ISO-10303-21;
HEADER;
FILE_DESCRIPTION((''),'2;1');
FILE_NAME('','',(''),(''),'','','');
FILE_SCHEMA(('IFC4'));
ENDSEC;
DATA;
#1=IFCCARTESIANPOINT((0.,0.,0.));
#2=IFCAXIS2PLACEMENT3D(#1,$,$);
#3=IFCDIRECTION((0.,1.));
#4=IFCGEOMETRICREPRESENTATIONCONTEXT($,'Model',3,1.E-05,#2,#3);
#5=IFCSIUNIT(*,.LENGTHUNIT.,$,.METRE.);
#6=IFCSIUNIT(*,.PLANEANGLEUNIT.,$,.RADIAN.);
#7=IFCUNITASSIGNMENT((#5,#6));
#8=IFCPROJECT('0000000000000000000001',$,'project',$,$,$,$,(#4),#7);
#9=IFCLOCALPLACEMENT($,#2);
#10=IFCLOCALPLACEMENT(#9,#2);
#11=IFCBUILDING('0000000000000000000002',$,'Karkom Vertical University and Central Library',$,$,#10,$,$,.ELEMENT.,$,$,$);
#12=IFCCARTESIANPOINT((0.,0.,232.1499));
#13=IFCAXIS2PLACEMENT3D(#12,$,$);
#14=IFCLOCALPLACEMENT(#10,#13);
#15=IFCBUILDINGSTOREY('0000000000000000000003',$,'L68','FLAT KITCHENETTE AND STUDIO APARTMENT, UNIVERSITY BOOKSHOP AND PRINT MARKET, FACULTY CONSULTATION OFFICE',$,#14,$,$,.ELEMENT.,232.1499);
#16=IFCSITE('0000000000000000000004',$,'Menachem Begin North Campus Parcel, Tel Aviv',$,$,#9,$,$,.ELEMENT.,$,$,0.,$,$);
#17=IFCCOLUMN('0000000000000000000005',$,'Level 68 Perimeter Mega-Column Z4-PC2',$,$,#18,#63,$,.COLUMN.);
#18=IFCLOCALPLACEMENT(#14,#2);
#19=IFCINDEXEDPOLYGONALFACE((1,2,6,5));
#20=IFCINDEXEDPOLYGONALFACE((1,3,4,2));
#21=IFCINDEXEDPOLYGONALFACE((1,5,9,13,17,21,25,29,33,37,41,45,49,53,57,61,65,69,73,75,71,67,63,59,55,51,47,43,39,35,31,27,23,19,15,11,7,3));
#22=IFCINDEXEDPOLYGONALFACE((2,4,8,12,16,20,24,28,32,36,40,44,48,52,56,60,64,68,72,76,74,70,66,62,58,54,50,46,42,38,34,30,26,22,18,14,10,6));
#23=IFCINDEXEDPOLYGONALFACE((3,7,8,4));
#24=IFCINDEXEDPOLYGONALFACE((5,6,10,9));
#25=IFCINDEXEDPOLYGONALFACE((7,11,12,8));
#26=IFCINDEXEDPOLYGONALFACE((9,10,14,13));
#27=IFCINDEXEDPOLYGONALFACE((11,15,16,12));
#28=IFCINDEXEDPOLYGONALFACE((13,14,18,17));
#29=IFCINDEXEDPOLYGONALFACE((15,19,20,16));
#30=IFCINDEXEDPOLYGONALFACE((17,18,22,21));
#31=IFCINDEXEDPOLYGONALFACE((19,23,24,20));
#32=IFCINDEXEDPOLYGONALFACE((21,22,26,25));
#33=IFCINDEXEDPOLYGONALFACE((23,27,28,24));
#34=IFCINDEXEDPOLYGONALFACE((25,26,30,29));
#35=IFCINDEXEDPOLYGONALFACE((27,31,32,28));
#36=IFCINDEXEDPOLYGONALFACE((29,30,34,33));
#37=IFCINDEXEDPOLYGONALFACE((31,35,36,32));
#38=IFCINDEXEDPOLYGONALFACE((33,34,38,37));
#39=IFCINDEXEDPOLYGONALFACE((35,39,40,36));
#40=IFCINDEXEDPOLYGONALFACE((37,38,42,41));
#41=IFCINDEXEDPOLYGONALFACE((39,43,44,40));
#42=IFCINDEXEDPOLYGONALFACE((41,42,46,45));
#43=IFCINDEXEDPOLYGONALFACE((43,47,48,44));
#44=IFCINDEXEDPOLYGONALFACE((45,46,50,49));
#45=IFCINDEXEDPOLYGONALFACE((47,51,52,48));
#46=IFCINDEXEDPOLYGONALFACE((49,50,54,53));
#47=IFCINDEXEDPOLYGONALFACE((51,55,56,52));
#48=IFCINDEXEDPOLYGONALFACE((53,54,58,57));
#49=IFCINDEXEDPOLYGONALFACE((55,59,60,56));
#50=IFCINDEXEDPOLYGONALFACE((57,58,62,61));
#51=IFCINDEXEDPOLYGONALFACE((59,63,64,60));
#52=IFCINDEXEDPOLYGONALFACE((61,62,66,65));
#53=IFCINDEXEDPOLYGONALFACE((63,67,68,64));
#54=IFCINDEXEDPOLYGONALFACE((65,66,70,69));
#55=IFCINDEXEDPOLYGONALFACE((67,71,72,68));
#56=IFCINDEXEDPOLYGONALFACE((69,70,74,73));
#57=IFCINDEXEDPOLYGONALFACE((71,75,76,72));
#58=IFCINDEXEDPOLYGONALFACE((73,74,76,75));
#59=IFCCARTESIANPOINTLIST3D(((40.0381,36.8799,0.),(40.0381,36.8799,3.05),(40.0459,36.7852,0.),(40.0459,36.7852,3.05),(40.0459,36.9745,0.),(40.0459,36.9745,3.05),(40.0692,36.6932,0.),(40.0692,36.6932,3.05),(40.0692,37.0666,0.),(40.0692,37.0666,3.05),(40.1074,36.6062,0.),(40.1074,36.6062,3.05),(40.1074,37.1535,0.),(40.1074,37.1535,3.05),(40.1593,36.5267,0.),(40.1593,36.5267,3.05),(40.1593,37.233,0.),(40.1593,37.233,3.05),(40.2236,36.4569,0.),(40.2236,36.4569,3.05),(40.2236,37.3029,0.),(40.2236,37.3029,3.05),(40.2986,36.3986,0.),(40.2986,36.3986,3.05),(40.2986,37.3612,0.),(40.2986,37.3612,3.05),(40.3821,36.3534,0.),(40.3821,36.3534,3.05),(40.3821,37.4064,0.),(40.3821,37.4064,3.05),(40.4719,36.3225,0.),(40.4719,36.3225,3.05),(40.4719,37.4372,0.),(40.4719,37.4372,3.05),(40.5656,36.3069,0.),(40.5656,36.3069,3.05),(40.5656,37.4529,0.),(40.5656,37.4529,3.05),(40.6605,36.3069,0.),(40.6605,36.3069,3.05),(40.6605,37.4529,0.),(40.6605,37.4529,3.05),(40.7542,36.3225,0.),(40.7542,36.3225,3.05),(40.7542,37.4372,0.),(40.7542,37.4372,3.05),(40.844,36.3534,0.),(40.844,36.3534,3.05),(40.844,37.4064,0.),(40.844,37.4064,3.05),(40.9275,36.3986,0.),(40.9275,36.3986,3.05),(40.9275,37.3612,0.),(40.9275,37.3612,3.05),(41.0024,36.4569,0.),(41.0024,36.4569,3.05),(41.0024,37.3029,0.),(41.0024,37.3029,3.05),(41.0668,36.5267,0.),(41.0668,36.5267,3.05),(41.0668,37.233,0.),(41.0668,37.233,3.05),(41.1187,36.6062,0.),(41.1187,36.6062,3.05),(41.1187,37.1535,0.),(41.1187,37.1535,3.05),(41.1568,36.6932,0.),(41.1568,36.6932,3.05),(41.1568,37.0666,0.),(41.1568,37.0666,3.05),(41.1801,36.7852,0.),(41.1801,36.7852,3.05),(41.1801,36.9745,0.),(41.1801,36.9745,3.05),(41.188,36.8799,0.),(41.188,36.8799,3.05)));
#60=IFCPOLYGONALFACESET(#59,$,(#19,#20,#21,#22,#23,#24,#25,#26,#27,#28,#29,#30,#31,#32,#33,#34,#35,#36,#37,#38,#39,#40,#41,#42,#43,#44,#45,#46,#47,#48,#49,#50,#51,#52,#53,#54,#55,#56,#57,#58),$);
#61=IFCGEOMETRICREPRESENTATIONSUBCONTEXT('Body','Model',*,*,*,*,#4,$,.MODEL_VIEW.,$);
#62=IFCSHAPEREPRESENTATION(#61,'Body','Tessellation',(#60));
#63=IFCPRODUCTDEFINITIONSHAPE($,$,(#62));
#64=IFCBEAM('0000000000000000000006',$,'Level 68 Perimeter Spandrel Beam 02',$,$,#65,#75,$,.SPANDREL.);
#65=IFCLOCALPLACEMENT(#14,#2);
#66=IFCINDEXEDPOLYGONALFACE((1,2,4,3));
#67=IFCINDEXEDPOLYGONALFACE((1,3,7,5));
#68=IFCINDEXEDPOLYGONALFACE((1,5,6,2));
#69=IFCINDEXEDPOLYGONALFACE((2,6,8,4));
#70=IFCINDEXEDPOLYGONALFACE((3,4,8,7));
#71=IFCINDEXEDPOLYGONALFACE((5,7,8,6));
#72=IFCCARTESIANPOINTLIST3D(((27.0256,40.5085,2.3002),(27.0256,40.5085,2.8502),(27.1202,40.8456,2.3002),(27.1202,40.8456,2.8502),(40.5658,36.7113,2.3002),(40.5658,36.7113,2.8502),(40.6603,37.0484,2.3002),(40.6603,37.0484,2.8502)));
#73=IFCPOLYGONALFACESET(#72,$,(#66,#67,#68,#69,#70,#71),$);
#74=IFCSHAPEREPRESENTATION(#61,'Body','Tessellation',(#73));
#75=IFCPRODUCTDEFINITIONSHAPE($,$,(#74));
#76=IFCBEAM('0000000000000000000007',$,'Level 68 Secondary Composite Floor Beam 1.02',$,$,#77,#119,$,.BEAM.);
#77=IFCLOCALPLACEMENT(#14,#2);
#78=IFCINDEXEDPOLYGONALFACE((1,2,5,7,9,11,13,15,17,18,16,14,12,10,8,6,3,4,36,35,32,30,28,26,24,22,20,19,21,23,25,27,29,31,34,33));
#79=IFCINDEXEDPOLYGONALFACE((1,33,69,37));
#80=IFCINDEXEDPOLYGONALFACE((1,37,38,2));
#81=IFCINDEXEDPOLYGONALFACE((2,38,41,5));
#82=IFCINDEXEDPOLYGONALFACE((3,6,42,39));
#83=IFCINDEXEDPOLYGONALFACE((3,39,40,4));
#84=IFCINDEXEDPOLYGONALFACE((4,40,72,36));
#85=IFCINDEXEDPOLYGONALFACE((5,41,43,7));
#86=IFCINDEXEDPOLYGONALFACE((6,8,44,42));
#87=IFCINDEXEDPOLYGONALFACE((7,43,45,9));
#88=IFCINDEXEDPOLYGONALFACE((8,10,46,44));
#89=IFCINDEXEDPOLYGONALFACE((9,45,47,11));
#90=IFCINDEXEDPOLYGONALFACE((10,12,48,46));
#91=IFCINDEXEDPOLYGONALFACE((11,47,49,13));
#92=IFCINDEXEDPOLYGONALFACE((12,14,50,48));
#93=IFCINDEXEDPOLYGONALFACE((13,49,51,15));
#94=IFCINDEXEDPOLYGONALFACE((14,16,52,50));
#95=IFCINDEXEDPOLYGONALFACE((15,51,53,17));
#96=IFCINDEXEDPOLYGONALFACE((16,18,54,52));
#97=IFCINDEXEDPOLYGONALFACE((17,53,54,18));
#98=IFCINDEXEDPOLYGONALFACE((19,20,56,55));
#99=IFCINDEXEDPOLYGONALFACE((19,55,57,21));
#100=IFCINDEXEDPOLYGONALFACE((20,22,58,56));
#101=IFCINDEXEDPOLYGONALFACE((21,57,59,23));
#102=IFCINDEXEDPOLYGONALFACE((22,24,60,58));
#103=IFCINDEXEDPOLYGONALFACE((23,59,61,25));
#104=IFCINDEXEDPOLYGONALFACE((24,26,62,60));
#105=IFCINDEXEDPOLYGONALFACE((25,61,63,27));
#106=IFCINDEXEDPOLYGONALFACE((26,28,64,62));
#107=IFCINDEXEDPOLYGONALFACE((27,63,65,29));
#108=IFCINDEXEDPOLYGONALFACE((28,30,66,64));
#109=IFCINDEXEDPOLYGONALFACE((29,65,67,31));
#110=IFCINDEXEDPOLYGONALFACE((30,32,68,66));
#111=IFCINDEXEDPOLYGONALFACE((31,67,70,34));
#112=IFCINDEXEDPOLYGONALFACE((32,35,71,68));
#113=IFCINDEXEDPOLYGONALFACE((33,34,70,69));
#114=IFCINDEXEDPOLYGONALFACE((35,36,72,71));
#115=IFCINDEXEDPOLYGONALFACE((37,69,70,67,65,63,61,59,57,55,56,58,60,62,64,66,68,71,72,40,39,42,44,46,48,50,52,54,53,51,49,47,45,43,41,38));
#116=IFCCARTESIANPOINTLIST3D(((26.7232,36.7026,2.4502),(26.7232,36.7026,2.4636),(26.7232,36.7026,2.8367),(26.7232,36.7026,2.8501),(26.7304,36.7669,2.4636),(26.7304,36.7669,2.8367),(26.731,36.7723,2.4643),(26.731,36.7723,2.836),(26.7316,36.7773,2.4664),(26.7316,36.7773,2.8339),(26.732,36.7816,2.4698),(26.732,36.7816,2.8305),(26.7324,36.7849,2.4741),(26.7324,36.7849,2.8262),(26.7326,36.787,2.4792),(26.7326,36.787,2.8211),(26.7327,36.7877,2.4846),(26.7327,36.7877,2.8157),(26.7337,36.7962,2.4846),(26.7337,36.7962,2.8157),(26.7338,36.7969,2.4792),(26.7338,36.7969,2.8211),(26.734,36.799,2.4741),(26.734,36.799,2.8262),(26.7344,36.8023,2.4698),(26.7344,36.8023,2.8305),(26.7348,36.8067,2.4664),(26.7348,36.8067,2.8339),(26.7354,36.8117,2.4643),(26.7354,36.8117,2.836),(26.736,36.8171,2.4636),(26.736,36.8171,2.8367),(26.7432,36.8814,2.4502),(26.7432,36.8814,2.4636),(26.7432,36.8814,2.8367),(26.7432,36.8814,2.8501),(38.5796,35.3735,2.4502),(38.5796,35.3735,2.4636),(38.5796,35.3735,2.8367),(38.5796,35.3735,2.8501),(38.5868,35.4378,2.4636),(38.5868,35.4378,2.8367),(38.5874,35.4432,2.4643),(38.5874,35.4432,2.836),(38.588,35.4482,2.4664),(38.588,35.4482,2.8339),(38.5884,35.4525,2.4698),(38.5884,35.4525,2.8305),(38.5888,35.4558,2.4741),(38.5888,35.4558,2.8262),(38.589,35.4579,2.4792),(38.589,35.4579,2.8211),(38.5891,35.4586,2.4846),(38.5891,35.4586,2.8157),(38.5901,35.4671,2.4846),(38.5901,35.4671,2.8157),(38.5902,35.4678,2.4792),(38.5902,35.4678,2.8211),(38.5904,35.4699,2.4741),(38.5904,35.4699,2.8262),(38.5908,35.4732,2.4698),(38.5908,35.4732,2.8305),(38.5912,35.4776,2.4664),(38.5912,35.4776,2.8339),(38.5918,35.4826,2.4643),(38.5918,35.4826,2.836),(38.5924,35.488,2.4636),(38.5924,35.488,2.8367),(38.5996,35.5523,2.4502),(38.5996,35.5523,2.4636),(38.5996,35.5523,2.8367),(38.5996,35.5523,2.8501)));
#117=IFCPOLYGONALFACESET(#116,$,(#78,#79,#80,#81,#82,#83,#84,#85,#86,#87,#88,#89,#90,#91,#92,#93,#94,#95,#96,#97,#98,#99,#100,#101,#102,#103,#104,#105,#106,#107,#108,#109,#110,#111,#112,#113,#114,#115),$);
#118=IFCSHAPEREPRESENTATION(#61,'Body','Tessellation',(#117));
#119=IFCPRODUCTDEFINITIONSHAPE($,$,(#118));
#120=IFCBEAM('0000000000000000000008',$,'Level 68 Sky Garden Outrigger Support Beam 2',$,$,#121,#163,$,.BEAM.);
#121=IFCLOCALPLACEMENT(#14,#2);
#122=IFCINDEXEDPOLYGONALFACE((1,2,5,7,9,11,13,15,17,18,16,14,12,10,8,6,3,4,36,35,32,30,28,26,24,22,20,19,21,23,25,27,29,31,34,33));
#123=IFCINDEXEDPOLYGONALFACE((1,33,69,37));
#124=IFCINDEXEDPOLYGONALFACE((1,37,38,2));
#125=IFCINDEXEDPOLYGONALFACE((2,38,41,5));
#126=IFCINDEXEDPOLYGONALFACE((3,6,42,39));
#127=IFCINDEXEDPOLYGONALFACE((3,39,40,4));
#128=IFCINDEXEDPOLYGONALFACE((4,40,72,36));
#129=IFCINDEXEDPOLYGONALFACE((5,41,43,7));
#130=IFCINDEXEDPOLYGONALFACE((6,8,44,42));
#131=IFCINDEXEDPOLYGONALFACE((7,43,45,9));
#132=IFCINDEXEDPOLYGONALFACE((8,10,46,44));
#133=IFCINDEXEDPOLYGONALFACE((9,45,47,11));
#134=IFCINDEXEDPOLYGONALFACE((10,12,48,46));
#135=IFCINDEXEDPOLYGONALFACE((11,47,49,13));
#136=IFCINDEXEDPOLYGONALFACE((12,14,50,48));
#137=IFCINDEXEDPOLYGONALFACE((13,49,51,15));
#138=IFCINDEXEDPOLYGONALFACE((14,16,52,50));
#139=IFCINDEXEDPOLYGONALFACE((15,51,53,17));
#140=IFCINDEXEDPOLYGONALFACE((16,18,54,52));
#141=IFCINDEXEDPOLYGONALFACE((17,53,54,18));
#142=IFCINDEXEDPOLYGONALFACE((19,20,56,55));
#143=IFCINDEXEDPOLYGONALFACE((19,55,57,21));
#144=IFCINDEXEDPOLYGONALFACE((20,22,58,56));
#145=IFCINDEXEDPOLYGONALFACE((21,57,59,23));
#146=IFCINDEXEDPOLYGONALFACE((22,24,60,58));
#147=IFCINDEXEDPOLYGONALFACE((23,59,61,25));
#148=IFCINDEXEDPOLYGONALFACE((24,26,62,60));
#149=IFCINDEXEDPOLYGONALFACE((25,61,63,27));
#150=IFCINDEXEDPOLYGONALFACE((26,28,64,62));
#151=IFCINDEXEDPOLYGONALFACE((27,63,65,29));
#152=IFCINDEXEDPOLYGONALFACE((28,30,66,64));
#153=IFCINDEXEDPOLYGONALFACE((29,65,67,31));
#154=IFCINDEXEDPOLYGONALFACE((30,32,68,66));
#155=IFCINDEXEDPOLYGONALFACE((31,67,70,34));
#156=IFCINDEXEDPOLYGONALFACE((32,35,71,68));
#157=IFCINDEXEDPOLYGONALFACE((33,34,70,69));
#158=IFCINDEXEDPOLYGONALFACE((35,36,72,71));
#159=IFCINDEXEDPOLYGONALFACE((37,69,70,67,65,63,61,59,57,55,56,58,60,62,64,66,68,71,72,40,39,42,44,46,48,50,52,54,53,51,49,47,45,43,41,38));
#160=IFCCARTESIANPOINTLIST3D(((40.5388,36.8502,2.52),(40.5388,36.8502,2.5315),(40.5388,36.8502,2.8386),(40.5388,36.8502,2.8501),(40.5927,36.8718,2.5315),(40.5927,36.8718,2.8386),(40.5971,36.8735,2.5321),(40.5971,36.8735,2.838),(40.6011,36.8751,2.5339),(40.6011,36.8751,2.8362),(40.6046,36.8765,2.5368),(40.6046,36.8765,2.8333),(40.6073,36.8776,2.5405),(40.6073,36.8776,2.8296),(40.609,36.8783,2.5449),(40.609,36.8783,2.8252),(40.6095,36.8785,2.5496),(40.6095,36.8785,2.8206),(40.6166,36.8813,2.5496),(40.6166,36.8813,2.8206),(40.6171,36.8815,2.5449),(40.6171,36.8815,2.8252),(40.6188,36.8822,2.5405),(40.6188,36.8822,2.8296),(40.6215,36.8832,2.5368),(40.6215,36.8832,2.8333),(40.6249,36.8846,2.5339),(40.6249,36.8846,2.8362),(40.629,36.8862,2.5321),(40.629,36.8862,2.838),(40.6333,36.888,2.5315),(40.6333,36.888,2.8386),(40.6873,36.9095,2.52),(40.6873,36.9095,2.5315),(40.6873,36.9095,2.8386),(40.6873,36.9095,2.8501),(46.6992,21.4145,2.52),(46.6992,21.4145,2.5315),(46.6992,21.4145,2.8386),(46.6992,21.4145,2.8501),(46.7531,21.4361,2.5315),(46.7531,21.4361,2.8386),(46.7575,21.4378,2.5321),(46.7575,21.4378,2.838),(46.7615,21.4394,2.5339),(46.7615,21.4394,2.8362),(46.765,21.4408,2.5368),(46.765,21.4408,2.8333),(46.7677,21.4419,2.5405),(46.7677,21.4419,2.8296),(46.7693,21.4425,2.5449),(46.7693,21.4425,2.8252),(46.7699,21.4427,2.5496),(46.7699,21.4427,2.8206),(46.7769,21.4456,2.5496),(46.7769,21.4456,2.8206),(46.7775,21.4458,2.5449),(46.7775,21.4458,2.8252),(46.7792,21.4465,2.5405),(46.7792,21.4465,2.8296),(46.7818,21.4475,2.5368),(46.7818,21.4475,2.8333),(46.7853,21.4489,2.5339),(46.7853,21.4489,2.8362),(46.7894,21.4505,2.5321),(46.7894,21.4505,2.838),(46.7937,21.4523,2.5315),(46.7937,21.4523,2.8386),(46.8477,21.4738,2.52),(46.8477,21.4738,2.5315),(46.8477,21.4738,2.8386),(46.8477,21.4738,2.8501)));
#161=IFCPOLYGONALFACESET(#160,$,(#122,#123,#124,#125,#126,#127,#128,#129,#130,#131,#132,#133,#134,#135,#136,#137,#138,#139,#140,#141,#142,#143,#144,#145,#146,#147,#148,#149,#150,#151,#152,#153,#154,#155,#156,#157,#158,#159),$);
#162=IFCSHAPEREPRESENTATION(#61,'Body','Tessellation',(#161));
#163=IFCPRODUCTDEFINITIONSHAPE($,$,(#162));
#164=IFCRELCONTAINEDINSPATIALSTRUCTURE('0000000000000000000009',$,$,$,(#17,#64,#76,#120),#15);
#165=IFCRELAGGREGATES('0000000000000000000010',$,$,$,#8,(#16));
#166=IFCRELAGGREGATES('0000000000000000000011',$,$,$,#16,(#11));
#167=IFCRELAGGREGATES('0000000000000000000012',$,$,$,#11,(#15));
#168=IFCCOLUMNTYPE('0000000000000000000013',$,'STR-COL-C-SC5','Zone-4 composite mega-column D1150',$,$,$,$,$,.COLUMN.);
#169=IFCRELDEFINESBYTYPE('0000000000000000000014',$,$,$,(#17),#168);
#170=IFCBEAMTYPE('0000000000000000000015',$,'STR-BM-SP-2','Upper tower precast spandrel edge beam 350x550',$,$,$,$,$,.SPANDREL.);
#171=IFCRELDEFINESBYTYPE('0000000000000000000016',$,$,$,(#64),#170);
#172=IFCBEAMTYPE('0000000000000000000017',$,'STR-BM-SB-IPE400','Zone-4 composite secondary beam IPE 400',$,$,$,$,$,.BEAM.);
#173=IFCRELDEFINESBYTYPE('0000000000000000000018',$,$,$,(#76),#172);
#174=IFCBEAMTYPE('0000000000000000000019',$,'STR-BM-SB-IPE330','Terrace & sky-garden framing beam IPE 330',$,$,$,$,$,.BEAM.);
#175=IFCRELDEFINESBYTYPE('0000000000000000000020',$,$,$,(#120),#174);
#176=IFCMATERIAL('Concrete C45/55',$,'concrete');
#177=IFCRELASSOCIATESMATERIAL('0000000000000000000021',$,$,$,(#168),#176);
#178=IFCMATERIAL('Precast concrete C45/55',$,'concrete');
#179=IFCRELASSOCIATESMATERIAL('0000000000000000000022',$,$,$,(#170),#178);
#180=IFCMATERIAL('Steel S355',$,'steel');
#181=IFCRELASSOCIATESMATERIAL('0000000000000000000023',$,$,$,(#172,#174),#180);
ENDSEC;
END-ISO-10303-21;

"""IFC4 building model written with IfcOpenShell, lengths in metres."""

from ifc_helpers import new_model, si_unit, direction, frame, origin, origin_with_axes, origin_2d, place, context, subcontext, project, spatial, rectangle, circle, i_section, extrude, source, transform, mapped, material, material_profile, profile_set, type_object, element, save


model = new_model("IFC4")

# Units and contexts
model_context = context("Model", 3, precision=1e-05, world=origin(), true_north=direction((0.0, 1.0)))
body_context = subcontext(model_context, "Body", "Model", "MODEL_VIEW")
ifc_project = project(units=[si_unit("LENGTHUNIT", "METRE"), si_unit("PLANEANGLEUNIT", "RADIAN")], contexts=[model_context])

# Site, building, storey
site_placement = place(None, origin())
site = spatial("IfcSite", under=ifc_project, at=site_placement, Name="Menachem Begin North Campus Parcel, Tel Aviv", CompositionType="ELEMENT", RefElevation=0.0)
building_placement = place(site_placement, origin())
building = spatial("IfcBuilding", under=site, at=building_placement, Name="Karkom Vertical University and Central Library", CompositionType="ELEMENT")
storey_placement = place(building_placement, frame((0.0, 0.0, 232.1499)))
storey = spatial("IfcBuildingStorey", under=building, at=storey_placement, Name="L68", Description="FLAT KITCHENETTE AND STUDIO APARTMENT, UNIVERSITY BOOKSHOP AND PRINT MARKET, FACULTY CONSULTATION OFFICE", CompositionType="ELEMENT", Elevation=232.1499)

# Column
ifc_material_1 = material(Name="Concrete C45/55", Category="concrete")
ifc_material_profile_1 = material_profile(ifc_material_1, circle(Radius=0.575, at=origin_2d()), Name="CFT-D1150")
ifc_profile_set_1 = profile_set([ifc_material_profile_1], Name="Concrete C45/55")
column_type = type_object("IfcColumnType", Name="STR-COL-C-SC5", Description="Zone-4 composite mega-column D1150", PredefinedType="COLUMN", material=ifc_profile_set_1)
shared_shape_1 = source(origin_with_axes(), body_context, "Body", "SweptSolid", [
    extrude(circle(Radius=0.575, at=origin_2d()), origin(), (0.0, 0.0, 1.0), 3.05),
])
column_placement = place(storey_placement, frame((40.613, 36.8799, 0.0), z_axis=(0.0, 0.0, 1.0), x_axis=(1.0, 0.0, 0.0)))
element("IfcColumn", 1, at=column_placement, inside=storey, type_object=column_type, Name="Level 68 Perimeter Mega-Column Z4-PC2", PredefinedType="COLUMN", context=body_context, shape_type="MappedRepresentation", body=[
    mapped(shared_shape_1, transform((0.0, 0.0, 0.0), scale=1.0)),
])

# Beams
ifc_material_2 = material(Name="Precast concrete C45/55", Category="concrete")
ifc_material_profile_2 = material_profile(ifc_material_2, rectangle(XDim=0.3501, YDim=0.55, at=origin_2d()), Name="SPB-350x550")
ifc_profile_set_2 = profile_set([ifc_material_profile_2], Name="Precast concrete C45/55")
beam_type_1 = type_object("IfcBeamType", Name="STR-BM-SP-2", Description="Upper tower precast spandrel edge beam 350x550", PredefinedType="SPANDREL", material=ifc_profile_set_2)
shared_shape_2 = source(origin_with_axes(), body_context, "Body", "SweptSolid", [
    extrude(rectangle(XDim=0.3501, YDim=0.55, at=origin_2d()), origin(), (0.0, 0.0, 1.0), 14.0625),
])
beam_1_placement = place(storey_placement, frame((40.613, 36.8799, 2.5752), z_axis=(-0.962855, 0.27002, 0.0), x_axis=(-0.27002, -0.962855, 0.0)))
element("IfcBeam", 2, at=beam_1_placement, inside=storey, type_object=beam_type_1, Name="Level 68 Perimeter Spandrel Beam 02", PredefinedType="SPANDREL", context=body_context, shape_type="MappedRepresentation", body=[
    mapped(shared_shape_2, transform((0.0, 0.0, 0.0), scale=1.0)),
])
ifc_material_3 = material(Name="Steel S355", Category="steel")
ifc_material_profile_3 = material_profile(ifc_material_3, i_section(OverallWidth=0.1799, OverallDepth=0.3999, WebThickness=0.0085, FlangeThickness=0.0134, FilletRadius=0.021, at=origin_2d()), Name="IPE 400")
ifc_profile_set_3 = profile_set([ifc_material_profile_3], Name="Steel S355")
beam_type_2 = type_object("IfcBeamType", Name="STR-BM-SB-IPE400", Description="Zone-4 composite secondary beam IPE 400", PredefinedType="BEAM", material=ifc_profile_set_3)
shared_shape_3 = source(origin_with_axes(), body_context, "Body", "SweptSolid", [
    extrude(i_section(OverallWidth=0.1799, OverallDepth=0.3999, WebThickness=0.0085, FlangeThickness=0.0134, FilletRadius=0.021, at=origin_2d()), origin(), (0.0, 0.0, 1.0), 11.9307),
])
beam_2_placement = place(storey_placement, frame((38.5896, 35.4629, 2.6501), z_axis=(-0.993775, 0.111402, 0.0), x_axis=(-0.111402, -0.993775, 0.0)))
element("IfcBeam", 3, at=beam_2_placement, inside=storey, type_object=beam_type_2, Name="Level 68 Secondary Composite Floor Beam 1.02", PredefinedType="BEAM", context=body_context, shape_type="MappedRepresentation", body=[
    mapped(shared_shape_3, transform((0.0, 0.0, 0.0), scale=1.0)),
])
ifc_material_profile_4 = material_profile(ifc_material_3, i_section(OverallWidth=0.1599, OverallDepth=0.3301, WebThickness=0.0076, FlangeThickness=0.0115, FilletRadius=0.0181, at=origin_2d()), Name="IPE 330")
ifc_profile_set_4 = profile_set([ifc_material_profile_4], Name="Steel S355")
beam_type_3 = type_object("IfcBeamType", Name="STR-BM-SB-IPE330", Description="Terrace & sky-garden framing beam IPE 330", PredefinedType="BEAM", material=ifc_profile_set_4)
shared_shape_4 = source(origin_with_axes(), body_context, "Body", "SweptSolid", [
    extrude(i_section(OverallWidth=0.1599, OverallDepth=0.3301, WebThickness=0.0076, FlangeThickness=0.0115, FilletRadius=0.0181, at=origin_2d()), origin(), (0.0, 0.0, 1.0), 16.6196),
])
beam_3_placement = place(storey_placement, frame((40.613, 36.8799, 2.6851), z_axis=(0.370669, -0.928765, 0.0), x_axis=(0.928765, 0.370669, 0.0)))
element("IfcBeam", 4, at=beam_3_placement, inside=storey, type_object=beam_type_3, Name="Level 68 Sky Garden Outrigger Support Beam 2", PredefinedType="BEAM", context=body_context, shape_type="MappedRepresentation", body=[
    mapped(shared_shape_4, transform((0.0, 0.0, 0.0), scale=1.0)),
])

save(model, "model.ifc")
